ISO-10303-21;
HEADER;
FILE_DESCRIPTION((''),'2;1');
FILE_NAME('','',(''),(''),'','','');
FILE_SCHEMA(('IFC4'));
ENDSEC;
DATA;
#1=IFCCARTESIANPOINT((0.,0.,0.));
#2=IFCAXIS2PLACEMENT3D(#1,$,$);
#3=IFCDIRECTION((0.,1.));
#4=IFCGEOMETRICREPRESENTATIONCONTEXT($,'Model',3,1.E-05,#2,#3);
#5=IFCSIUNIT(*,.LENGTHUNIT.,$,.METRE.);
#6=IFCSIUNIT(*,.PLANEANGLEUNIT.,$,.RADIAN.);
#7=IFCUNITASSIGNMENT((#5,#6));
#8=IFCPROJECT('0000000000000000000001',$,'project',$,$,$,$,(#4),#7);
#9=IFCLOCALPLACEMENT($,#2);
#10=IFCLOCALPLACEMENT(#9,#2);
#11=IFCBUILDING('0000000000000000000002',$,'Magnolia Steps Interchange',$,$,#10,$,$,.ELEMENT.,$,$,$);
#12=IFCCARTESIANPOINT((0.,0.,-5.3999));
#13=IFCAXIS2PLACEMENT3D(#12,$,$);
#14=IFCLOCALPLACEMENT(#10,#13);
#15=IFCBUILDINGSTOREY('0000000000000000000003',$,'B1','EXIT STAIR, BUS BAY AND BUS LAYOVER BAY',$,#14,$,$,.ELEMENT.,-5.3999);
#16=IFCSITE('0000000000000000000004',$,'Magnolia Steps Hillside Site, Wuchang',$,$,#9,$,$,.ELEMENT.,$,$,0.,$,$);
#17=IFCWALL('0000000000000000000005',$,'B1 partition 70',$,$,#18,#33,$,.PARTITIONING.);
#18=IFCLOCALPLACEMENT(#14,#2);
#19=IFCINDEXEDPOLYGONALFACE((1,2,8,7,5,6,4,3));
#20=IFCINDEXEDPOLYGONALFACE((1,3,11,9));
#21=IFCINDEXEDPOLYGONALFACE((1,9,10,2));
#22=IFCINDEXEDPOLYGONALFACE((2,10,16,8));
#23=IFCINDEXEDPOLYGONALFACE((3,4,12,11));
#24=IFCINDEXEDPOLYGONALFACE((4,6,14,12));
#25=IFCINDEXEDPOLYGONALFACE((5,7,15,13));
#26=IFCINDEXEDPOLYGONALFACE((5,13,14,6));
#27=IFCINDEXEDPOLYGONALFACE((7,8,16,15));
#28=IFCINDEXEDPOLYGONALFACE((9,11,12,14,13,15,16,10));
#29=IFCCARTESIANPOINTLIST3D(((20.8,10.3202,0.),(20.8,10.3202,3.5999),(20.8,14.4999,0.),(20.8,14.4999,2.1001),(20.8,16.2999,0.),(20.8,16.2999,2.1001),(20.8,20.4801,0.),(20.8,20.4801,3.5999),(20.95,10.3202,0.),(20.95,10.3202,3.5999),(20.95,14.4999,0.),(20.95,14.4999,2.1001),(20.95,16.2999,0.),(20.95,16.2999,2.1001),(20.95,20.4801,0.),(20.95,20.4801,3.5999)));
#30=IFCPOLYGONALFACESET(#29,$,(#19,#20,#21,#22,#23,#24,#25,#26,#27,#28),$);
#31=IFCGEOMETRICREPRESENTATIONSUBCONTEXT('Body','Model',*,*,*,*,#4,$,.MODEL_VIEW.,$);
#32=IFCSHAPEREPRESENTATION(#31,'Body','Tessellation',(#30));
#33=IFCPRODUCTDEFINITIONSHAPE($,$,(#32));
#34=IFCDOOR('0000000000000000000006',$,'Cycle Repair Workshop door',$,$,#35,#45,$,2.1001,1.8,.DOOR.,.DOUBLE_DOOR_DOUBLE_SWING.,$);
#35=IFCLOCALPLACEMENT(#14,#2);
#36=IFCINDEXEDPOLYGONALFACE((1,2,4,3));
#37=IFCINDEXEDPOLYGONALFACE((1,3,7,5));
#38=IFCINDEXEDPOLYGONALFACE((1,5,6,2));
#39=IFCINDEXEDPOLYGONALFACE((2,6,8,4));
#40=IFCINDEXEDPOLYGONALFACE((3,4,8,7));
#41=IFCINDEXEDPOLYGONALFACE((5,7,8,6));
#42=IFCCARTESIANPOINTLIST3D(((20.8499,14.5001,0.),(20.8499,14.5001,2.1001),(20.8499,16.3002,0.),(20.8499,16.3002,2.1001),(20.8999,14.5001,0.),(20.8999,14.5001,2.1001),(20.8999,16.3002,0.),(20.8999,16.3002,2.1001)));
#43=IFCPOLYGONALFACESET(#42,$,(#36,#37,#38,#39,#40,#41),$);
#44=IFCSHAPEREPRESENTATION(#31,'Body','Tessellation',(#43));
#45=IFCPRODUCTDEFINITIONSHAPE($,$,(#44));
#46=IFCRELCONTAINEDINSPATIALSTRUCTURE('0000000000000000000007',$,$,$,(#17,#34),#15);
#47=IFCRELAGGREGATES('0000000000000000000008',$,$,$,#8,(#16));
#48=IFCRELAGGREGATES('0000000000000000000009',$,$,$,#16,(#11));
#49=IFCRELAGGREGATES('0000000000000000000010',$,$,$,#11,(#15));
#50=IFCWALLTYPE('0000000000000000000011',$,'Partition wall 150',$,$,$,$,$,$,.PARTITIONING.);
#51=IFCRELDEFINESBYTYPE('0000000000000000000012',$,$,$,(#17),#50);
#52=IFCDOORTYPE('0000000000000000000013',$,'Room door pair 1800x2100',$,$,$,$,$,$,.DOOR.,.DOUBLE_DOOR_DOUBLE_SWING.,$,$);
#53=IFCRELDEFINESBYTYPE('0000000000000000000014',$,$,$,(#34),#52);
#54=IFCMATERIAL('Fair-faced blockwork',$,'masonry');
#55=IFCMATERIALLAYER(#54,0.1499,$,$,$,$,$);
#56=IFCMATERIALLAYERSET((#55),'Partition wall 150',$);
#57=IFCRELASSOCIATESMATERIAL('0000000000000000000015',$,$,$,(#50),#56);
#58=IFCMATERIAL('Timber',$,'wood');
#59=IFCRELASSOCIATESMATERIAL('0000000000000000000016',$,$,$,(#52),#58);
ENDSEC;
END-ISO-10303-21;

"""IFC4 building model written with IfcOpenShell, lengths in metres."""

from ifc_helpers import new_model, si_unit, direction, frame, frame_2d, origin, place, context, subcontext, project, spatial, rectangle, extrude, material, layer, layer_set, type_object, element, fill, save


model = new_model("IFC4")

# Units and contexts
model_context = context("Model", 3, precision=1e-05, world=origin(), true_north=direction((0.0, 1.0)))
body_context = subcontext(model_context, "Body", "Model", "MODEL_VIEW")
ifc_project = project(units=[si_unit("LENGTHUNIT", "METRE"), si_unit("PLANEANGLEUNIT", "RADIAN")], contexts=[model_context])

# Site, building, storey
site_placement = place(None, origin())
site = spatial("IfcSite", under=ifc_project, at=site_placement, Name="Magnolia Steps Hillside Site, Wuchang", CompositionType="ELEMENT", RefElevation=0.0)
building_placement = place(site_placement, origin())
building = spatial("IfcBuilding", under=site, at=building_placement, Name="Magnolia Steps Interchange", CompositionType="ELEMENT")
storey_placement = place(building_placement, frame((0.0, 0.0, -5.3999)))
storey = spatial("IfcBuildingStorey", under=building, at=storey_placement, Name="B1", Description="EXIT STAIR, BUS BAY AND BUS LAYOVER BAY", CompositionType="ELEMENT", Elevation=-5.3999)

# Wall, opening, door
ifc_material_1 = material(Name="Fair-faced blockwork", Category="masonry")
ifc_layer_1 = layer(ifc_material_1, 0.1499)
ifc_layer_set_1 = layer_set([ifc_layer_1], Name="Partition wall 150")
wall_type_1 = type_object("IfcWallType", Name="Partition wall 150", PredefinedType="PARTITIONING", material=ifc_layer_set_1)
wall_1_placement = place(storey_placement, frame((20.875, 10.3201, 0.0), z_axis=(0.0, 0.0, 1.0), x_axis=(0.0, 1.0, 0.0)))
wall_1 = element("IfcWall", 1, at=wall_1_placement, inside=storey, type_object=wall_type_1, Name="B1 partition 70", PredefinedType="PARTITIONING", context=body_context, shape_type="SweptSolid", body=[
    extrude(rectangle(XDim=10.1599, YDim=0.1499, at=frame_2d((5.0801, 0.0))), origin(), (0.0, 0.0, 1.0), 3.5999),
])
opening_1_placement = place(wall_1_placement, frame((4.1799, 0.0, 0.0)))
opening_1 = element("IfcOpeningElement", 2, at=opening_1_placement, cuts=wall_1, PredefinedType="OPENING", context=body_context, shape_type="SweptSolid", body=[
    extrude(rectangle(XDim=1.8, YDim=2.1001, at=frame_2d((0.8999, 1.05))), frame((0.0, 0.085, 0.0), z_axis=(0.0, -1.0, 0.0), x_axis=(1.0, 0.0, 0.0)), (0.0, 0.0, 1.0), 0.1699),
])
ifc_material_2 = material(Name="Timber", Category="wood")
door_type_1 = type_object("IfcDoorType", Name="Room door pair 1800x2100", OperationType="DOUBLE_DOOR_DOUBLE_SWING", PredefinedType="DOOR", material=ifc_material_2)
door_1_placement = place(opening_1_placement, frame((1.8, 0.0, 0.0), z_axis=(0.0, 0.0, 1.0), x_axis=(-1.0, 0.0, 0.0)))
door_1 = element("IfcDoor", 3, at=door_1_placement, inside=storey, type_object=door_type_1, Name="Cycle Repair Workshop door", OperationType="DOUBLE_DOOR_DOUBLE_SWING", OverallHeight=2.1001, OverallWidth=1.8, PredefinedType="DOOR", context=body_context, shape_type="SweptSolid", body=[
    extrude(rectangle(XDim=1.8, YDim=2.1001, at=frame_2d((0.8999, 1.05))), frame((0.0, 0.0249, 0.0), z_axis=(0.0, -1.0, 0.0), x_axis=(1.0, 0.0, 0.0)), (0.0, 0.0, 1.0), 0.05),
])
fill(opening_1, door_1)

save(model, "model.ifc")
